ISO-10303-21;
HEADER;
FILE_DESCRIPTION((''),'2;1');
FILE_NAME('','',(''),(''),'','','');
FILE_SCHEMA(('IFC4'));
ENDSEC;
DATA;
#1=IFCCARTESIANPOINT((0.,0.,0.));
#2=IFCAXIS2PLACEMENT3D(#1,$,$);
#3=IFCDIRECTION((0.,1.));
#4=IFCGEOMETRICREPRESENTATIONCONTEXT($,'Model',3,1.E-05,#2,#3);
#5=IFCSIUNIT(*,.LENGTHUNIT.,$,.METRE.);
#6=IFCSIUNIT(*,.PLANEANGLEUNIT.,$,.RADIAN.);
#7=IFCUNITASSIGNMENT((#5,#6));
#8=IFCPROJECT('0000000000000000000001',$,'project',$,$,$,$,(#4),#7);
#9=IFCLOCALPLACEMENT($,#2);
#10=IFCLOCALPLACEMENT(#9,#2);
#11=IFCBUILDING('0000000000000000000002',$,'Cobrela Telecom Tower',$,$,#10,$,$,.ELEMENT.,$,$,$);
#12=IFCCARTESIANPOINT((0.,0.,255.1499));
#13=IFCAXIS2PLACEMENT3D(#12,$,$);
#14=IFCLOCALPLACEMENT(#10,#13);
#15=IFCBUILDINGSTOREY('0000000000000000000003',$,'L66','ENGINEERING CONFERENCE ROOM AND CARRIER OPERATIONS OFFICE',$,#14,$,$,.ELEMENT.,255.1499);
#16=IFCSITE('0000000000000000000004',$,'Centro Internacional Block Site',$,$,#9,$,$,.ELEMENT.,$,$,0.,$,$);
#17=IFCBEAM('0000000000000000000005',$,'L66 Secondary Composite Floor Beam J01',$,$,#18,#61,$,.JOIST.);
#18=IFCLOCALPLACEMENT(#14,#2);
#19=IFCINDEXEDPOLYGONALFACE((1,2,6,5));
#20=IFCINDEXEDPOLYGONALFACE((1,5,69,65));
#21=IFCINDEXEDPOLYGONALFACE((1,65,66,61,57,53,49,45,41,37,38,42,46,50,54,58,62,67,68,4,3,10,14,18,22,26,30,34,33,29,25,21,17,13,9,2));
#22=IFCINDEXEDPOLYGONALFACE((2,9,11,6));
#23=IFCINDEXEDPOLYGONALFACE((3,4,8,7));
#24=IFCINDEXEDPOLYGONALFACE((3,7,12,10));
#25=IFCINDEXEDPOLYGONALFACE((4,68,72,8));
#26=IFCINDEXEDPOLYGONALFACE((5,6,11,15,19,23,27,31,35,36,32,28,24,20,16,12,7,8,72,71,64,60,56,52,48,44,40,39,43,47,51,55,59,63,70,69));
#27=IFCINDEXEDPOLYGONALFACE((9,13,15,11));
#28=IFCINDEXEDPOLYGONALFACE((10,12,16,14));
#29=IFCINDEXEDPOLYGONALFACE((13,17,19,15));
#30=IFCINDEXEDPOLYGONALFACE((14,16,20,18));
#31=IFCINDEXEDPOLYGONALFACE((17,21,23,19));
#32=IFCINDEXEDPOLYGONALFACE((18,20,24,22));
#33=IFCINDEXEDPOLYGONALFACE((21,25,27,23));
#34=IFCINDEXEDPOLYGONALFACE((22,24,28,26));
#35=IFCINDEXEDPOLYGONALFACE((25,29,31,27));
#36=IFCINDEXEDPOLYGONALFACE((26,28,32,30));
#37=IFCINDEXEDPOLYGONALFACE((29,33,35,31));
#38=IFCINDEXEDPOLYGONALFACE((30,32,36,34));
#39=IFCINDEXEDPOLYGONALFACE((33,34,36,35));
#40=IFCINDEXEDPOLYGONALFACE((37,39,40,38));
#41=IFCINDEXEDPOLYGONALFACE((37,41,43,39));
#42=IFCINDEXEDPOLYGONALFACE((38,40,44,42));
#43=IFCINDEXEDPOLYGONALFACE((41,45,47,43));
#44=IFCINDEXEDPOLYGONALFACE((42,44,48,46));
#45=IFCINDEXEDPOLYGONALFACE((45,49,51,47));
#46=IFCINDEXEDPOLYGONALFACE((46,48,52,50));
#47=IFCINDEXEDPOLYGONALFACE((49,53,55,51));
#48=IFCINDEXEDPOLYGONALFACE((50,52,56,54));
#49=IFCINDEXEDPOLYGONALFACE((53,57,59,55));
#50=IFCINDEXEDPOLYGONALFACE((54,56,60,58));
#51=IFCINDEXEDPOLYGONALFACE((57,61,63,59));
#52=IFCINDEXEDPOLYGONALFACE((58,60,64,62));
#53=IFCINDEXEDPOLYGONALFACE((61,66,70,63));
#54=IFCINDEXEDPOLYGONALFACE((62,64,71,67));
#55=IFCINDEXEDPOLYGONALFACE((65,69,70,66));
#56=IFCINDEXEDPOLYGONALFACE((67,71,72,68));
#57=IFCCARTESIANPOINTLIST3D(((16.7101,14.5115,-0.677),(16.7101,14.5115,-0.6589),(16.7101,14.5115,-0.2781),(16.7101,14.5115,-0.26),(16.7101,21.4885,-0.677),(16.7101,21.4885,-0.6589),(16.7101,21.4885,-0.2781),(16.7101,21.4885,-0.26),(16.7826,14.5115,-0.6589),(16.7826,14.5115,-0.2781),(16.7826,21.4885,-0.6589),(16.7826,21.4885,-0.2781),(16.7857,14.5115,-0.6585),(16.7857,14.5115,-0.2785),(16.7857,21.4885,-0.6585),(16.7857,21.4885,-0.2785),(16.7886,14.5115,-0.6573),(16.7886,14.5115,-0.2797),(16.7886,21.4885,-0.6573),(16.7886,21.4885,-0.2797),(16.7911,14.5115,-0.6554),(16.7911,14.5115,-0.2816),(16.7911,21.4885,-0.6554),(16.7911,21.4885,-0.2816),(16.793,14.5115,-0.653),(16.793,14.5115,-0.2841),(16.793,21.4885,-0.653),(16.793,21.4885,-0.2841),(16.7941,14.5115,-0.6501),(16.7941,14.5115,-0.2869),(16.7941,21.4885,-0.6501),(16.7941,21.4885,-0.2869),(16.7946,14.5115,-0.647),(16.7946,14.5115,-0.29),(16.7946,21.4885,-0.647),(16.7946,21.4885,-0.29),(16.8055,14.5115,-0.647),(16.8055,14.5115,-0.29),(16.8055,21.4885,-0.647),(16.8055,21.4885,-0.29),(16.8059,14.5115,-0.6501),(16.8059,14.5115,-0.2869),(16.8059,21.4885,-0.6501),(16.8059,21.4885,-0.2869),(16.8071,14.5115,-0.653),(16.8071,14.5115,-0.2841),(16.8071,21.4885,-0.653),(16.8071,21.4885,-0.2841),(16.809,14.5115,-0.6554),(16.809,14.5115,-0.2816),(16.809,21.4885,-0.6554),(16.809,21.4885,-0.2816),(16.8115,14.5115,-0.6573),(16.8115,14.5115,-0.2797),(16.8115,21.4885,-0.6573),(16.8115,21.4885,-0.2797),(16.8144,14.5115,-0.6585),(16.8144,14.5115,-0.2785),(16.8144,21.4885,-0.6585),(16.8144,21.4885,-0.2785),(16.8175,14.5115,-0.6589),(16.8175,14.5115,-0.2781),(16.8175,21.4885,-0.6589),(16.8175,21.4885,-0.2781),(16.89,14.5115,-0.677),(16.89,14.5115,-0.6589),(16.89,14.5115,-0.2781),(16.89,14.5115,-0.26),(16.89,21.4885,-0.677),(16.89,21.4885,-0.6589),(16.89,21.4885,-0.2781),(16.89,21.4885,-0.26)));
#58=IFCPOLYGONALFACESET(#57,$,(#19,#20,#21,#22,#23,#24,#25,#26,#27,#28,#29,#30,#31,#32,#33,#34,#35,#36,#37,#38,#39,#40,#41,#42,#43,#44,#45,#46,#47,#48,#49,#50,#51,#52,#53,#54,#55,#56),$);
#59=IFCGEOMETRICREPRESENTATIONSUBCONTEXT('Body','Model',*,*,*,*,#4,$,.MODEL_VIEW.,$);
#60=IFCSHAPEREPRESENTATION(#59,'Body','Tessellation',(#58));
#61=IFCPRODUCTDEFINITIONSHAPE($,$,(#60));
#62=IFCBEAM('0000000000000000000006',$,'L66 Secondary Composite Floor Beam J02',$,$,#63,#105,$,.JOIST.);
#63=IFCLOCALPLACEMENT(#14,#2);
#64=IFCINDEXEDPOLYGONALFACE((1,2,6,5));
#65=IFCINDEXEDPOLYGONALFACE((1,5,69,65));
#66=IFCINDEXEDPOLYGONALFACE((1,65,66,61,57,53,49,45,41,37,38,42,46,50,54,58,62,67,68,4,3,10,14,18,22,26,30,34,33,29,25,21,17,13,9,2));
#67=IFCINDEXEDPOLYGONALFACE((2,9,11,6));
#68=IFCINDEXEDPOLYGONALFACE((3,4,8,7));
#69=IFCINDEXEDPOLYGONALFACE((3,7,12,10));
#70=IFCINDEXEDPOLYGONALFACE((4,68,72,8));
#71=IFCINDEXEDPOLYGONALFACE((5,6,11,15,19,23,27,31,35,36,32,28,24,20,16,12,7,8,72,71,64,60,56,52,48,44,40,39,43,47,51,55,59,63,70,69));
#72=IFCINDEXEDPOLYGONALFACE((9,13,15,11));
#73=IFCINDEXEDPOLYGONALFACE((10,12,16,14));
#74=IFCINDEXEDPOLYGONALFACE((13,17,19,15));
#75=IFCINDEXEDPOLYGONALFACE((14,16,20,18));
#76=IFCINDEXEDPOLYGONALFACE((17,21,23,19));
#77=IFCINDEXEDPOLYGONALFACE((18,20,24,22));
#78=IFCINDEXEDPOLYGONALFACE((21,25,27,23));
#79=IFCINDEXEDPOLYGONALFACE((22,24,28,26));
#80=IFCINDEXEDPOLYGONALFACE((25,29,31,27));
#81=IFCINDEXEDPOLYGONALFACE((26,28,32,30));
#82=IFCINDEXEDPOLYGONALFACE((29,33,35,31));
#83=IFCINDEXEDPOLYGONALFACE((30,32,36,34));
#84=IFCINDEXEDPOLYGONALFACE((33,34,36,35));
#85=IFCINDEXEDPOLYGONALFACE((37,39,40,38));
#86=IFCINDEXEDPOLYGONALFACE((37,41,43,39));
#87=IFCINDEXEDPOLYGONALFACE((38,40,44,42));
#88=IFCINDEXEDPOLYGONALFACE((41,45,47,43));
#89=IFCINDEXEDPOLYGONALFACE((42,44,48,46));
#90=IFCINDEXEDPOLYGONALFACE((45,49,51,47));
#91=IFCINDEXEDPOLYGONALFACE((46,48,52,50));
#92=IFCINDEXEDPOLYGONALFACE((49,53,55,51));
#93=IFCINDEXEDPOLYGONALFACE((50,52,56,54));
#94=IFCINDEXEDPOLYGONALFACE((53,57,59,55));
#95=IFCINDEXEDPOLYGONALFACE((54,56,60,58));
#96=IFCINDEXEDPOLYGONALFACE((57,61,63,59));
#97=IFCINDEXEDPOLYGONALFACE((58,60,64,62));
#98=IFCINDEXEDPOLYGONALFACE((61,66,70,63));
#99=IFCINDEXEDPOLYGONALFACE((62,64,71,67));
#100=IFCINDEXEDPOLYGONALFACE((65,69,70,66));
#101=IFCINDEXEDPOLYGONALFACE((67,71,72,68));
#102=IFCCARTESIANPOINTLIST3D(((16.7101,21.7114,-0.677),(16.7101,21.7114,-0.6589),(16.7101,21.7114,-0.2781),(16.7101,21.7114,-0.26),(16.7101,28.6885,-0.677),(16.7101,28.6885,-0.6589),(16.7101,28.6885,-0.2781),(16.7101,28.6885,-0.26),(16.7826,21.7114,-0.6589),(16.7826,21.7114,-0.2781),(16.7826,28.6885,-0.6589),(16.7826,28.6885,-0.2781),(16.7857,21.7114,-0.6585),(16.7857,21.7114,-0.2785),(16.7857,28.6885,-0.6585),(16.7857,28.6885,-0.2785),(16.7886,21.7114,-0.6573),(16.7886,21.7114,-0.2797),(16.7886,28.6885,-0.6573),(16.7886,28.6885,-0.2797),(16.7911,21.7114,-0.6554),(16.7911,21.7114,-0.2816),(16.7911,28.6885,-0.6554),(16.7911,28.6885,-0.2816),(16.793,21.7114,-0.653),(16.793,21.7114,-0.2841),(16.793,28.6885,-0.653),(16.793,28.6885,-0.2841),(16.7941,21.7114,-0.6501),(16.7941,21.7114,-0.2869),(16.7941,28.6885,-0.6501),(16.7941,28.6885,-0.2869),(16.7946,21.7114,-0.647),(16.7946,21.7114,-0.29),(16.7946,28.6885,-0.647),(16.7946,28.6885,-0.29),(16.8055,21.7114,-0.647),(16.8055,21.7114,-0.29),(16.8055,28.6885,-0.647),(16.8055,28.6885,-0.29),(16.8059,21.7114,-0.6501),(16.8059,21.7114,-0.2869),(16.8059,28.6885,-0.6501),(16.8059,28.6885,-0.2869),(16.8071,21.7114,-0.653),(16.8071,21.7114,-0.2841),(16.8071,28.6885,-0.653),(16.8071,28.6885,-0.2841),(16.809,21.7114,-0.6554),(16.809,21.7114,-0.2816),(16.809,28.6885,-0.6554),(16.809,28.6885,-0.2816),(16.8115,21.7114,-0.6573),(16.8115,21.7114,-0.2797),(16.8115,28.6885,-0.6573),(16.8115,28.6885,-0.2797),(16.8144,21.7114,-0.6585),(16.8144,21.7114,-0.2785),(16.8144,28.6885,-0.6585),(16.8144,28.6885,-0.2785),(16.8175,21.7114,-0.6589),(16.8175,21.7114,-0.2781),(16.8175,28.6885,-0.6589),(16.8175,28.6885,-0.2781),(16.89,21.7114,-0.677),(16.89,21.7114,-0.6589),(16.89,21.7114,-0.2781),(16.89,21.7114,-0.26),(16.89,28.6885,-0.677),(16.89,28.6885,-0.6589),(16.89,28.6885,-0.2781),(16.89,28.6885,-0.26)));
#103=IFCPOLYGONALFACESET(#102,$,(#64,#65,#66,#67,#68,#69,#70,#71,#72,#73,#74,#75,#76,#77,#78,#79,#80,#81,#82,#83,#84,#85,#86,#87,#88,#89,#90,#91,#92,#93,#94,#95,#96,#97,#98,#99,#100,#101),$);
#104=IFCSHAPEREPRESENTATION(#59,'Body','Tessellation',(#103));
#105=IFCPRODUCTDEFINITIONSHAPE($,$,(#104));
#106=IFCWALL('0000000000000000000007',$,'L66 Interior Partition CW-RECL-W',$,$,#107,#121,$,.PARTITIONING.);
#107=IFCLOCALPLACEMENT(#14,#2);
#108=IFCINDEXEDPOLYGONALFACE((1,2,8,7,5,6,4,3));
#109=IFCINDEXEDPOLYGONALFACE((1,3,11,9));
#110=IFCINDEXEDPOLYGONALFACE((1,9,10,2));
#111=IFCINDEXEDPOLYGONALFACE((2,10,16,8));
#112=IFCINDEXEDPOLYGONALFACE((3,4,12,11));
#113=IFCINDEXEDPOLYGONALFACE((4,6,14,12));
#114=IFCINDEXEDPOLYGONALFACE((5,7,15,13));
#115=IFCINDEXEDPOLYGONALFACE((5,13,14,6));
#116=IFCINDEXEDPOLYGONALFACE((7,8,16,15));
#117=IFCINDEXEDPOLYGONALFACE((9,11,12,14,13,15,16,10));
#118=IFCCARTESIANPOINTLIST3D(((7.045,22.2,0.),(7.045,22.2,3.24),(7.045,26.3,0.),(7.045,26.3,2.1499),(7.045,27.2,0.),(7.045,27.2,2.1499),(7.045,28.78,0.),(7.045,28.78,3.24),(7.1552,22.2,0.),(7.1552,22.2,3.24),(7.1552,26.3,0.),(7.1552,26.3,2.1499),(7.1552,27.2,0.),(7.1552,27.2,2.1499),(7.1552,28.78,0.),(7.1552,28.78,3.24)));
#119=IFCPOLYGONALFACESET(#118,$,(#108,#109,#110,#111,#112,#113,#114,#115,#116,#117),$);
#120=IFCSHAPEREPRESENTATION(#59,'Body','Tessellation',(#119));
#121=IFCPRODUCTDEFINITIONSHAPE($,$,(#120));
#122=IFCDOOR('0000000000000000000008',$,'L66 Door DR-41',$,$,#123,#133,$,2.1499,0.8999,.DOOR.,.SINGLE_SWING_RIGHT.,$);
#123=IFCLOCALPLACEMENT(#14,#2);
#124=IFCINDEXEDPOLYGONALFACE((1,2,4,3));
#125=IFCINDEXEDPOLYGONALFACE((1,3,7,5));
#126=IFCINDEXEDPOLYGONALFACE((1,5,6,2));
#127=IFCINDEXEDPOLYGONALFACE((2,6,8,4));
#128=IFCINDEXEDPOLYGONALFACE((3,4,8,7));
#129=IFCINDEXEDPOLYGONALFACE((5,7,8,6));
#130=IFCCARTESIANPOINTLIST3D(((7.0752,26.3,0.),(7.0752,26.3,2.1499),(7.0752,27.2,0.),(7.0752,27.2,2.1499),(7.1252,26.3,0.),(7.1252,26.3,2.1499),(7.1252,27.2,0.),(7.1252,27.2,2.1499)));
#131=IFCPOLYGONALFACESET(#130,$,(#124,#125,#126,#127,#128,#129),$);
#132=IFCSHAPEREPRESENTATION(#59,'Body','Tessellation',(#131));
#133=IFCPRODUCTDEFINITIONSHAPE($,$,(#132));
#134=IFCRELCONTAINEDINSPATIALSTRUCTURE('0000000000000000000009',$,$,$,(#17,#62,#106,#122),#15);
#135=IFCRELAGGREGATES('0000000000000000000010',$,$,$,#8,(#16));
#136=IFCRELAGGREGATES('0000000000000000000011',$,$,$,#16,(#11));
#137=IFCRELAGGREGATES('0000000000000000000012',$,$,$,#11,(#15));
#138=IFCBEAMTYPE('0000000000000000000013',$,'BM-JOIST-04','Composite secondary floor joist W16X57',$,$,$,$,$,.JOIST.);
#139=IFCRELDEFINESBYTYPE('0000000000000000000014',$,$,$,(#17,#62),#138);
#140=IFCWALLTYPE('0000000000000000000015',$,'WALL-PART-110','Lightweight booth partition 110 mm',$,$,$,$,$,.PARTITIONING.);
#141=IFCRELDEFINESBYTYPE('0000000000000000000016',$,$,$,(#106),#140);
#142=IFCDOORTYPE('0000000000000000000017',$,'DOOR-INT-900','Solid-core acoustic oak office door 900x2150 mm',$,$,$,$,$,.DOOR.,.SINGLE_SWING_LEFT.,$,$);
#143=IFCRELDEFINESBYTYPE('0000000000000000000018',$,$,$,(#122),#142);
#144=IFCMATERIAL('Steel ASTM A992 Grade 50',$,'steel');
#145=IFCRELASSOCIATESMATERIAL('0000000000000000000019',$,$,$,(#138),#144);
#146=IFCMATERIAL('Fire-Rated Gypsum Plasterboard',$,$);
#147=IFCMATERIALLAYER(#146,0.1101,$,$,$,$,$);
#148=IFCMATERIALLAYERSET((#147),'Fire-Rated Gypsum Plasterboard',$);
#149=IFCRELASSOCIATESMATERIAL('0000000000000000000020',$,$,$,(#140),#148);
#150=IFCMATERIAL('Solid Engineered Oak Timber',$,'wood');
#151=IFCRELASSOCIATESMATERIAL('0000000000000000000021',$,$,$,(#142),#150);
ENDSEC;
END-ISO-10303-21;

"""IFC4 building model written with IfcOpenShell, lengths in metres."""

from ifc_helpers import new_model, si_unit, direction, frame, frame_2d, origin, origin_2d, place, context, subcontext, project, spatial, rectangle, i_section, extrude, material, layer, layer_set, material_profile, profile_set, type_object, element, fill, save


model = new_model("IFC4")

# Units and contexts
model_context = context("Model", 3, precision=1e-05, world=origin(), true_north=direction((0.0, 1.0)))
body_context = subcontext(model_context, "Body", "Model", "MODEL_VIEW")
ifc_project = project(units=[si_unit("LENGTHUNIT", "METRE"), si_unit("PLANEANGLEUNIT", "RADIAN")], contexts=[model_context])

# Site, building, storey
site_placement = place(None, origin())
site = spatial("IfcSite", under=ifc_project, at=site_placement, Name="Centro Internacional Block Site", CompositionType="ELEMENT", RefElevation=0.0)
building_placement = place(site_placement, origin())
building = spatial("IfcBuilding", under=site, at=building_placement, Name="Cobrela Telecom Tower", CompositionType="ELEMENT")
storey_placement = place(building_placement, frame((0.0, 0.0, 255.1499)))
storey = spatial("IfcBuildingStorey", under=building, at=storey_placement, Name="L66", Description="ENGINEERING CONFERENCE ROOM AND CARRIER OPERATIONS OFFICE", CompositionType="ELEMENT", Elevation=255.1499)

# Beams
ifc_material_1 = material(Name="Steel ASTM A992 Grade 50", Category="steel")
ifc_material_profile_1 = material_profile(ifc_material_1, i_section(OverallWidth=0.1799, OverallDepth=0.417, WebThickness=0.011, FlangeThickness=0.0181, FilletRadius=0.012, at=origin_2d()), Name="W16X57")
ifc_profile_set_1 = profile_set([ifc_material_profile_1], Name="Steel ASTM A992 Grade 50")
beam_type_1 = type_object("IfcBeamType", Name="BM-JOIST-04", Description="Composite secondary floor joist W16X57", PredefinedType="JOIST", material=ifc_profile_set_1)
for number, where, z_axis, x_axis, name in (
    (1, (16.8, 14.5115, -0.4685), (0.0, 1.0, 0.0), (-1.0, 0.0, 0.0), "L66 Secondary Composite Floor Beam J01"),
    (2, (16.8, 21.7114, -0.4685), (0.0, 1.0, 0.0), (-1.0, 0.0, 0.0), "L66 Secondary Composite Floor Beam J02"),
):
    element("IfcBeam", number, at=place(storey_placement, frame(where, z_axis=z_axis, x_axis=x_axis)), inside=storey, type_object=beam_type_1, Name=name, PredefinedType="JOIST", context=body_context, shape_type="SweptSolid", body=[
        extrude(i_section(OverallWidth=0.1799, OverallDepth=0.417, WebThickness=0.011, FlangeThickness=0.0181, FilletRadius=0.012, at=origin_2d()), origin(), (0.0, 0.0, 1.0), 6.9771),
    ])

# Wall, opening, door
ifc_material_2 = material(Name="Fire-Rated Gypsum Plasterboard")
ifc_layer_1 = layer(ifc_material_2, 0.1101)
ifc_layer_set_1 = layer_set([ifc_layer_1], Name="Fire-Rated Gypsum Plasterboard")
wall_type_1 = type_object("IfcWallType", Name="WALL-PART-110", Description="Lightweight booth partition 110 mm", PredefinedType="PARTITIONING", material=ifc_layer_set_1)
wall_1_placement = place(storey_placement, frame((7.1001, 22.2, 0.0), z_axis=(0.0, 0.0, 1.0), x_axis=(0.0, 1.0, 0.0)))
wall_1 = element("IfcWall", 3, at=wall_1_placement, inside=storey, type_object=wall_type_1, Name="L66 Interior Partition CW-RECL-W", PredefinedType="PARTITIONING", context=body_context, shape_type="SweptSolid", body=[
    extrude(rectangle(XDim=6.5801, YDim=0.1101, at=frame_2d((3.29, 0.0))), origin(), (0.0, 0.0, 1.0), 3.24),
])
opening_1_placement = place(wall_1_placement, frame((4.1001, 0.0, 0.0)))
opening_1 = element("IfcOpeningElement", 4, at=opening_1_placement, cuts=wall_1, PredefinedType="OPENING", context=body_context, shape_type="SweptSolid", body=[
    extrude(rectangle(XDim=0.8999, YDim=2.1499, at=frame_2d((0.45, 1.075))), frame((0.0, 0.0669, 0.0), z_axis=(0.0, -1.0, 0.0), x_axis=(1.0, 0.0, 0.0)), (0.0, 0.0, 1.0), 0.134),
])
ifc_material_3 = material(Name="Solid Engineered Oak Timber", Category="wood")
door_type_1 = type_object("IfcDoorType", Name="DOOR-INT-900", Description="Solid-core acoustic oak office door 900x2150 mm", OperationType="SINGLE_SWING_LEFT", PredefinedType="DOOR", material=ifc_material_3)
door_1_placement = place(opening_1_placement, origin())
door_1 = element("IfcDoor", 5, at=door_1_placement, inside=storey, type_object=door_type_1, Name="L66 Door DR-41", OperationType="SINGLE_SWING_RIGHT", OverallHeight=2.1499, OverallWidth=0.8999, PredefinedType="DOOR", context=body_context, shape_type="SweptSolid", body=[
    extrude(rectangle(XDim=0.8999, YDim=2.1499, at=frame_2d((0.45, 1.075))), frame((0.0, 0.0249, 0.0), z_axis=(0.0, -1.0, 0.0), x_axis=(1.0, 0.0, 0.0)), (0.0, 0.0, 1.0), 0.05),
])
fill(opening_1, door_1)

save(model, "model.ifc")
